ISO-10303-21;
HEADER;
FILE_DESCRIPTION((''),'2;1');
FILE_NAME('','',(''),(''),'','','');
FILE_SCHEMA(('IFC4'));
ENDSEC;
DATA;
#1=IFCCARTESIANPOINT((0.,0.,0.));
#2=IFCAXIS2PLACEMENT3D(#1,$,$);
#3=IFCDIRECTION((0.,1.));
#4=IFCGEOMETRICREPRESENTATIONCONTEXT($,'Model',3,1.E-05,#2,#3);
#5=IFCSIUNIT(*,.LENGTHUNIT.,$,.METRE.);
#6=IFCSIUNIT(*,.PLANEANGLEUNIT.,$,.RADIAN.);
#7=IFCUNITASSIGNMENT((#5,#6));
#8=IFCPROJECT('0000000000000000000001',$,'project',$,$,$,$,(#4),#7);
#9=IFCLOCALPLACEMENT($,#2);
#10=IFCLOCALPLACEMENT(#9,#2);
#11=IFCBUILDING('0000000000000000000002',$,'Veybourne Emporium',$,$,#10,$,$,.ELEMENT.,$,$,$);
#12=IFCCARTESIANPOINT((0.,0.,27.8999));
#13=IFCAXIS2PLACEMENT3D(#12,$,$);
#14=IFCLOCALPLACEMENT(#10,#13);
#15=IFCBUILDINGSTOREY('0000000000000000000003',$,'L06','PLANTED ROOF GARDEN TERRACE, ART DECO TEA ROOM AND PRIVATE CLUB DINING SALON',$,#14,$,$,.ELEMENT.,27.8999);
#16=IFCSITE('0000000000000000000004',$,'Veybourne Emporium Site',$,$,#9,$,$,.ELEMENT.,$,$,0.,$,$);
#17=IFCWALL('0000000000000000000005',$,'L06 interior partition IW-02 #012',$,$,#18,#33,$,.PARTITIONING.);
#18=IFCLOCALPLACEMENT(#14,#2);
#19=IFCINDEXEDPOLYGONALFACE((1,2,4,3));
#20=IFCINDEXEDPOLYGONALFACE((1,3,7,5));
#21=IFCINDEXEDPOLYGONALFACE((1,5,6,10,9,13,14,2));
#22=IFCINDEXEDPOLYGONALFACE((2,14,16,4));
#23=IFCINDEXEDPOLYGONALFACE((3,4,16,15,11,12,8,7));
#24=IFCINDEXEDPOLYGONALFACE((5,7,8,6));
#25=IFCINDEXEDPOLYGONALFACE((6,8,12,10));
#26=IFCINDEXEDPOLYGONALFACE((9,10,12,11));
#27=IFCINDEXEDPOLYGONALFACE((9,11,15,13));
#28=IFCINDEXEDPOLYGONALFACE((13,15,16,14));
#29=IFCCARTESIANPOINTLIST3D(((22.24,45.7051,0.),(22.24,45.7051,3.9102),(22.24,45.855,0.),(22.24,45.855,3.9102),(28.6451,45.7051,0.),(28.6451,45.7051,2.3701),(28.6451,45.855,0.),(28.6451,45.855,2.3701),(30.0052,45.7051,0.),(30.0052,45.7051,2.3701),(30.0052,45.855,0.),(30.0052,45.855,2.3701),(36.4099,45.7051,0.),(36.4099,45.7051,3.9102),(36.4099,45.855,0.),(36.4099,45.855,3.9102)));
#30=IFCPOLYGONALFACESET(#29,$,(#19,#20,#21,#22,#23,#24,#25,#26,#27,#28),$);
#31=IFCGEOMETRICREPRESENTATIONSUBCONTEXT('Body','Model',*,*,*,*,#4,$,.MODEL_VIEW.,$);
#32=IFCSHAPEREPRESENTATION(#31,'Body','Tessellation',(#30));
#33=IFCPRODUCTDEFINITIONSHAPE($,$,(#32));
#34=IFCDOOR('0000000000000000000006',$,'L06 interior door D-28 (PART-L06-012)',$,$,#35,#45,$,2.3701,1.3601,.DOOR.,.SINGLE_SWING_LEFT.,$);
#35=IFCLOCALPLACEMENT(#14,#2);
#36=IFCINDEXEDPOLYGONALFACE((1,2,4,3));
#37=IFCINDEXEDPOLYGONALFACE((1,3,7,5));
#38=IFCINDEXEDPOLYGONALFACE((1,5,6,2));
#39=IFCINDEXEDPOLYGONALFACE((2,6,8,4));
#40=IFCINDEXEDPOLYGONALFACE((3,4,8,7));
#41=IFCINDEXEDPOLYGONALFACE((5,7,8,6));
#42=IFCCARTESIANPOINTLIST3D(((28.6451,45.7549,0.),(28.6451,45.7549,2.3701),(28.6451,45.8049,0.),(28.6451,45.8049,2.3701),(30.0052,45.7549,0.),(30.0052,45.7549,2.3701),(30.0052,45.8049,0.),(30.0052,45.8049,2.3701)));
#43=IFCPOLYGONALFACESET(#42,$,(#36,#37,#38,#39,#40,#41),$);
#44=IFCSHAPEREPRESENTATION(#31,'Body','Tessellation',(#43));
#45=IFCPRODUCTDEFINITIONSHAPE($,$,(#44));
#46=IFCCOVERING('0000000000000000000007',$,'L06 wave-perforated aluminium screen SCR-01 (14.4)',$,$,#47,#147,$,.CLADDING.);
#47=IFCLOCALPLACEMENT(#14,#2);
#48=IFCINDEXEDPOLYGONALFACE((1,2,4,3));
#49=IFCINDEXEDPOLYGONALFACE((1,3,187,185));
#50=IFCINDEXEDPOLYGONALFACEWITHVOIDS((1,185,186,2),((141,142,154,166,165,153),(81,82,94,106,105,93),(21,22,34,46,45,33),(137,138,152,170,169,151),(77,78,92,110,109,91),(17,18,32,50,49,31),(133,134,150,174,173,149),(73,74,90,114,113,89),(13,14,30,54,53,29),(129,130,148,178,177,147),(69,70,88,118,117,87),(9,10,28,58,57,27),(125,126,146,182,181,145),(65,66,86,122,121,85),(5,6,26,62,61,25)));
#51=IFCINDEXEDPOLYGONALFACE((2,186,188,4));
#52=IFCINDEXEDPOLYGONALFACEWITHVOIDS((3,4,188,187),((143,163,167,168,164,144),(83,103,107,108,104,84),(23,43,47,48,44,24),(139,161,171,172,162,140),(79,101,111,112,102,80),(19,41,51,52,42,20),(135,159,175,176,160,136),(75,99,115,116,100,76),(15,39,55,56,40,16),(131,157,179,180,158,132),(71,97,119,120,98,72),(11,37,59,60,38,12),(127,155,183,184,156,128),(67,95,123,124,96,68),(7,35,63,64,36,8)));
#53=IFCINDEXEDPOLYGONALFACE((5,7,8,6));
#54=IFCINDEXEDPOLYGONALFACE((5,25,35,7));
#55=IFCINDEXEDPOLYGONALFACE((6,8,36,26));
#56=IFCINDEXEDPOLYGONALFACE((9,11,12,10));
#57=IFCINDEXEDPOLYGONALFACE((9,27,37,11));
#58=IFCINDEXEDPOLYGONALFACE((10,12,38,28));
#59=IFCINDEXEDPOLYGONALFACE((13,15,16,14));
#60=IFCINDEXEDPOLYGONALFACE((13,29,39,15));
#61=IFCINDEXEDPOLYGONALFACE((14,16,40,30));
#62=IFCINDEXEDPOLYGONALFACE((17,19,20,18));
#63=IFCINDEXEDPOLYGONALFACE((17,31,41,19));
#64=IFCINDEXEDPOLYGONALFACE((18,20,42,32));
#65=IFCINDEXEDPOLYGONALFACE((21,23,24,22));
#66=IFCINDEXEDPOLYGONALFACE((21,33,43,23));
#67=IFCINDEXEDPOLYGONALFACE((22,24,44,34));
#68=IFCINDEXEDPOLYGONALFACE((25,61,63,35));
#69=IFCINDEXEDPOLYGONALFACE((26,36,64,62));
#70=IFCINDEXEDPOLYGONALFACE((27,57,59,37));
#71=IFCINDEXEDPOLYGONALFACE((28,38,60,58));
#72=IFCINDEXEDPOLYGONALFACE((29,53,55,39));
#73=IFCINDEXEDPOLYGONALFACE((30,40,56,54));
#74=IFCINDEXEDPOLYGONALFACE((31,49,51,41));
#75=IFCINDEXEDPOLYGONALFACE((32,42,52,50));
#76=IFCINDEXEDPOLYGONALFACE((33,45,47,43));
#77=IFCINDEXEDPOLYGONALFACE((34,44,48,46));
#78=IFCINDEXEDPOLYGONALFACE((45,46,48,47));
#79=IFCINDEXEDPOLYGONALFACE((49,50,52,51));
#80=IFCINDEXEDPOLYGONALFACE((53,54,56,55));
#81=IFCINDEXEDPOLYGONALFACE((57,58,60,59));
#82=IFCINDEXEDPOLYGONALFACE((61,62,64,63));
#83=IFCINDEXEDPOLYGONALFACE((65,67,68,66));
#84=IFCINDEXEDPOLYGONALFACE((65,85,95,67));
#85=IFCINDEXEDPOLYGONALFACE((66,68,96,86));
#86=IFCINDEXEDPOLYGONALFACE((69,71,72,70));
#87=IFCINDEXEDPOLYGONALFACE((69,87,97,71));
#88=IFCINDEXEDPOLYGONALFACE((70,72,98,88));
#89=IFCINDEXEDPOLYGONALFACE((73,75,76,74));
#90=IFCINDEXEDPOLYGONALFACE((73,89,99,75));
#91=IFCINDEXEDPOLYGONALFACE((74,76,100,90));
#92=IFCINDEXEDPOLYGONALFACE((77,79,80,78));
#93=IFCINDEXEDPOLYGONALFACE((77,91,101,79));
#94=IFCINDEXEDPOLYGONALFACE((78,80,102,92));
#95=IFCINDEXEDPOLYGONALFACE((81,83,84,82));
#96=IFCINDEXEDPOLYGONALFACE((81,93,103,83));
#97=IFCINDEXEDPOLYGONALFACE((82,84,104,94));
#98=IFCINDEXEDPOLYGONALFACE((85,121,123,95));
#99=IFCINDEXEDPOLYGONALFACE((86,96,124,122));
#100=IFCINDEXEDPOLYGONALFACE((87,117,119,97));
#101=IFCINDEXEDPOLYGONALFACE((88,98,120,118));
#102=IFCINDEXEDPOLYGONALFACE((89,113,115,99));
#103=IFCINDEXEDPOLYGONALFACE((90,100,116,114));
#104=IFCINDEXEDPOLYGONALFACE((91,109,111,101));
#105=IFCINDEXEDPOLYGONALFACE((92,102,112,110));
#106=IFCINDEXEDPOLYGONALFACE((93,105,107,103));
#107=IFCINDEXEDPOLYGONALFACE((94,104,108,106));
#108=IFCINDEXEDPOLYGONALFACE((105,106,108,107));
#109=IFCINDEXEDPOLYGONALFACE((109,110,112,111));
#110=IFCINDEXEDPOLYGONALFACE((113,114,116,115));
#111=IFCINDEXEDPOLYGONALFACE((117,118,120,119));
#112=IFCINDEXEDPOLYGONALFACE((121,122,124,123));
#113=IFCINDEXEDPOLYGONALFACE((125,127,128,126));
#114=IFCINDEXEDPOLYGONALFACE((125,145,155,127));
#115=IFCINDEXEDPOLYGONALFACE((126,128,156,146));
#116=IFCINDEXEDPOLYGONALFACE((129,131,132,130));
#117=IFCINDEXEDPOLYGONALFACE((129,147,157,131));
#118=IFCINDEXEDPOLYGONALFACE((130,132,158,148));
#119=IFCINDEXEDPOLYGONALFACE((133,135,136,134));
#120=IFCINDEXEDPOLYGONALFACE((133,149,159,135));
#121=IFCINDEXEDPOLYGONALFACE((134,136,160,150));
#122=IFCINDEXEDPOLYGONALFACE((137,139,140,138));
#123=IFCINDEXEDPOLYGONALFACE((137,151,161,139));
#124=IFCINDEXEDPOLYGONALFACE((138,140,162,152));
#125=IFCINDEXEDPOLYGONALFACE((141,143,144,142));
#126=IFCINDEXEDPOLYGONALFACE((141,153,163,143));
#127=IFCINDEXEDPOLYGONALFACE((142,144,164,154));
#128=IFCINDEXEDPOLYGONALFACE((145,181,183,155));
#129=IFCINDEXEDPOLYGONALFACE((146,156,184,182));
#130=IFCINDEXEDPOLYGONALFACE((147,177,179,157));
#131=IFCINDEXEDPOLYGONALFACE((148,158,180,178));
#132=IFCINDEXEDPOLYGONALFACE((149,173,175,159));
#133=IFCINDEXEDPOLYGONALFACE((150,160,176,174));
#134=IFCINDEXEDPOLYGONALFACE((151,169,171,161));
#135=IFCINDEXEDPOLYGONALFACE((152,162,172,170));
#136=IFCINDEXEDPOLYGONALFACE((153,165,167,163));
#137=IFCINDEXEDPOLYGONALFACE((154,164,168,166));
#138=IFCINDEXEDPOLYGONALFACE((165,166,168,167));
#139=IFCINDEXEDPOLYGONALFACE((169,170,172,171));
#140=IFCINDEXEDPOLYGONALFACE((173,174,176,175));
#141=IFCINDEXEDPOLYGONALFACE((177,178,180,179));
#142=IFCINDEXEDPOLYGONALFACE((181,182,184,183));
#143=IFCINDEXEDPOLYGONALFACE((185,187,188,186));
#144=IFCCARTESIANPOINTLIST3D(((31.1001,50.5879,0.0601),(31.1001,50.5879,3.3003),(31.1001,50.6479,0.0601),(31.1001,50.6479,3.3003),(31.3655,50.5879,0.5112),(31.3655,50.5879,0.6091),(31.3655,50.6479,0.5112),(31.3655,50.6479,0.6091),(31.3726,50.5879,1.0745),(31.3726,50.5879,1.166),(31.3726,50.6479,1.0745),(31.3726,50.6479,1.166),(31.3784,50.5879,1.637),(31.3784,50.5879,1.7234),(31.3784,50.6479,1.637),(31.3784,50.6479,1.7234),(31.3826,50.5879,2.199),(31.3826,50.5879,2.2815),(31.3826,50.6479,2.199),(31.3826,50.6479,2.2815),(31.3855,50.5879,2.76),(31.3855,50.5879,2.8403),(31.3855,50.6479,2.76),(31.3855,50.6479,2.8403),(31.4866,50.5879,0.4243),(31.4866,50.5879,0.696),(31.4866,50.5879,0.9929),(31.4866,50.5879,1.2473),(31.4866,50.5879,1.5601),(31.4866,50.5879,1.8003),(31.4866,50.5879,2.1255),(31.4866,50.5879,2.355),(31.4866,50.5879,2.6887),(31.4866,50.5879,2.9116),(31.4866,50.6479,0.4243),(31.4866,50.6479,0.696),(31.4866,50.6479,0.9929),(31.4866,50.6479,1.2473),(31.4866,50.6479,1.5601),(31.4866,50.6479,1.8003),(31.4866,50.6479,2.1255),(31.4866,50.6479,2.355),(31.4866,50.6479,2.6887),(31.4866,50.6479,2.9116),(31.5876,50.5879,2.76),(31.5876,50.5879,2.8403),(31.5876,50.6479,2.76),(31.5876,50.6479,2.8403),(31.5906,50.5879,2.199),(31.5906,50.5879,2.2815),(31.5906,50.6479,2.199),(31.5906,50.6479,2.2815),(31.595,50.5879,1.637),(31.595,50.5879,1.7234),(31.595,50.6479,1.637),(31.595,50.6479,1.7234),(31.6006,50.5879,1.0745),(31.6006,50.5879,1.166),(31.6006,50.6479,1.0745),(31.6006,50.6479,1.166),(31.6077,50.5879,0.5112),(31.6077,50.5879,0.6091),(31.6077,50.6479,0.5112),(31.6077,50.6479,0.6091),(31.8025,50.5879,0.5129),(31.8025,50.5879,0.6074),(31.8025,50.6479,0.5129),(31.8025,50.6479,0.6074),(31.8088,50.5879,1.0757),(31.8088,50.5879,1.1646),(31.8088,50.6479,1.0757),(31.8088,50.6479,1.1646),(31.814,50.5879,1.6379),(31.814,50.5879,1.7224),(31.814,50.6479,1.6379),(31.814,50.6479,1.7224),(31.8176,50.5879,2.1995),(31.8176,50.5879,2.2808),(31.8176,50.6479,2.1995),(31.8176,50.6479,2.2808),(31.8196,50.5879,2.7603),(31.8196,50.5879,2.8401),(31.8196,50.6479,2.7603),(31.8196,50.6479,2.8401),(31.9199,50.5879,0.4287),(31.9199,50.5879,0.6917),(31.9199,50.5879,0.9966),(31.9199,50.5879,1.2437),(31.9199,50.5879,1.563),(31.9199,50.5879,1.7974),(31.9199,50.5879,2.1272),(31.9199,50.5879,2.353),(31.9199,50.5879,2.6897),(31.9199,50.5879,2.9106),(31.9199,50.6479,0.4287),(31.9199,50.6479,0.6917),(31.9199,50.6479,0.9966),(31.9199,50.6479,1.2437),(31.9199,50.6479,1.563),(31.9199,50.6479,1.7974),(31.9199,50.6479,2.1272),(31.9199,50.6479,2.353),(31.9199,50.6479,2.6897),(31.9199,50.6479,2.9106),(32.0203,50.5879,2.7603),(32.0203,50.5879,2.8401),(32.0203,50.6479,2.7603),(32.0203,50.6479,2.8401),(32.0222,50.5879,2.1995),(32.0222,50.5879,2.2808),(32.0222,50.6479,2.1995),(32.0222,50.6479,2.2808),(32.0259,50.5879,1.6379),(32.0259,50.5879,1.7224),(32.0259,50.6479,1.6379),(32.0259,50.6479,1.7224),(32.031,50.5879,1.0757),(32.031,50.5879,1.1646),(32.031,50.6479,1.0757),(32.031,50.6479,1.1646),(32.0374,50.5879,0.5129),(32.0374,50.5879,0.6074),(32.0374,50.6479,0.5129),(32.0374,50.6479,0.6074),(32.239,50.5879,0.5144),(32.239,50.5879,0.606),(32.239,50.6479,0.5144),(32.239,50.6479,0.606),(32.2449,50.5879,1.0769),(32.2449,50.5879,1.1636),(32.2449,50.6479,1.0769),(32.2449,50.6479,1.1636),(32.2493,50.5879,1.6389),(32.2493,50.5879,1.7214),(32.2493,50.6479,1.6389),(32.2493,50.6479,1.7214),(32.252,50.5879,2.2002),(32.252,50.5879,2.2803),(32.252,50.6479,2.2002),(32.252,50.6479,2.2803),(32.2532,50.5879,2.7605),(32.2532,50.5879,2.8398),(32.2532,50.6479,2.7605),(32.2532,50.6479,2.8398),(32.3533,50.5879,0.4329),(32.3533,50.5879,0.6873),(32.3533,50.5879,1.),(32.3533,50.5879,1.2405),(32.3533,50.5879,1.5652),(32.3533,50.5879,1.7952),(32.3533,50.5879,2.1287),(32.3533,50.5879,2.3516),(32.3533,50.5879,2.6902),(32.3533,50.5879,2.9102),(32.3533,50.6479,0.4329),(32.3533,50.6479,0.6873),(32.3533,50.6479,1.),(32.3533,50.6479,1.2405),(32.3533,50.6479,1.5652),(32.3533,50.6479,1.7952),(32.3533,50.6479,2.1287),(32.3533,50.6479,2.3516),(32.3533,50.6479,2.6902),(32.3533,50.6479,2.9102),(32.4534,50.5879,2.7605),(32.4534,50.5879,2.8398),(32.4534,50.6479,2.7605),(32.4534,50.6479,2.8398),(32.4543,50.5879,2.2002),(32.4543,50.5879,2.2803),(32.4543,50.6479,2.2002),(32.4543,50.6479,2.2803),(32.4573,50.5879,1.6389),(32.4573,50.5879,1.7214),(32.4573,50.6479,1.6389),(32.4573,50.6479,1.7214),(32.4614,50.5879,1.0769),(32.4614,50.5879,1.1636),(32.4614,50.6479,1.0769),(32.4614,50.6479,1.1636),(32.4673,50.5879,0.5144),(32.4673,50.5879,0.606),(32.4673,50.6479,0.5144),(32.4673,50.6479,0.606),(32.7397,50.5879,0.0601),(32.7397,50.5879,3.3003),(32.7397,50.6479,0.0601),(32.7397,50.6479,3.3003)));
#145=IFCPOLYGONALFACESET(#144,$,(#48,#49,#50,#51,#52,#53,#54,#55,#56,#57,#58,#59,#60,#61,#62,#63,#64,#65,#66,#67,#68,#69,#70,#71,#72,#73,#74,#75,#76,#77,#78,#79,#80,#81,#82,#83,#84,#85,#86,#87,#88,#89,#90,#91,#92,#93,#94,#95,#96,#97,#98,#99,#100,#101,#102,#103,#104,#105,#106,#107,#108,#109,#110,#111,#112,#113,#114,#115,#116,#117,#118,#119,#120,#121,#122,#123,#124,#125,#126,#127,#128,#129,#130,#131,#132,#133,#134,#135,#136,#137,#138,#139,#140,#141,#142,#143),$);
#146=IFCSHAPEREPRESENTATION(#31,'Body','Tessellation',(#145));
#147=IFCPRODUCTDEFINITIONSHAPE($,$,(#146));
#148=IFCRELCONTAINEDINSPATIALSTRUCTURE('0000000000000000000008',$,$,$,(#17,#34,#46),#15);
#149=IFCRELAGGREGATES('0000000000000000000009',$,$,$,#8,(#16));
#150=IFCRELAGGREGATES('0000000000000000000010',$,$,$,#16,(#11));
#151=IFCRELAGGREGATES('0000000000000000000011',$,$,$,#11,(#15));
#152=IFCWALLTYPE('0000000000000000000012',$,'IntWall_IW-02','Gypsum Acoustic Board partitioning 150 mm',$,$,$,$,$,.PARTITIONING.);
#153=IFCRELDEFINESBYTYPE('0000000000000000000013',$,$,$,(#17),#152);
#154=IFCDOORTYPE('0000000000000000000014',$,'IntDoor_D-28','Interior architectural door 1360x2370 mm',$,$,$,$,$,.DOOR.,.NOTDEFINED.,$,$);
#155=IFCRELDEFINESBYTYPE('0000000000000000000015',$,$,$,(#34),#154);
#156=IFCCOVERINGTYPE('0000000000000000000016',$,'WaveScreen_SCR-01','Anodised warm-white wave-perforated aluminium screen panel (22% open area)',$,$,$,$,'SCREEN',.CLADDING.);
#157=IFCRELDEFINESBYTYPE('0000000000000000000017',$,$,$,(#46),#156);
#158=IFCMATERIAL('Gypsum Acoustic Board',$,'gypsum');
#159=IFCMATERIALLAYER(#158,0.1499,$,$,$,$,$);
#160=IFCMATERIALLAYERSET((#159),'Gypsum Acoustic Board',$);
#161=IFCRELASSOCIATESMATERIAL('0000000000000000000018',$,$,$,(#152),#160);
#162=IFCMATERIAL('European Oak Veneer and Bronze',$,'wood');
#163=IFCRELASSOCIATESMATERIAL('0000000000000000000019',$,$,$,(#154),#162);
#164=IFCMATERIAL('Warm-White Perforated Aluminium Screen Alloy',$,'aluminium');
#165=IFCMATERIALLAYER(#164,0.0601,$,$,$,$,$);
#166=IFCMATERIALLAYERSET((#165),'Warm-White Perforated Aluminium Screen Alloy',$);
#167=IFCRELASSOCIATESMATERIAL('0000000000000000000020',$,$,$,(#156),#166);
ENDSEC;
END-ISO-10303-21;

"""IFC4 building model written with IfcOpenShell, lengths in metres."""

from ifc_helpers import new_model, si_unit, direction, frame, frame_2d, origin, place, context, subcontext, project, spatial, polyline, rectangle, outline, extrude, material, layer, layer_set, type_object, element, fill, save


model = new_model("IFC4")

# Units and contexts
model_context = context("Model", 3, precision=1e-05, world=origin(), true_north=direction((0.0, 1.0)))
body_context = subcontext(model_context, "Body", "Model", "MODEL_VIEW")
ifc_project = project(units=[si_unit("LENGTHUNIT", "METRE"), si_unit("PLANEANGLEUNIT", "RADIAN")], contexts=[model_context])

# Site, building, storey
site_placement = place(None, origin())
site = spatial("IfcSite", under=ifc_project, at=site_placement, Name="Veybourne Emporium Site", CompositionType="ELEMENT", RefElevation=0.0)
building_placement = place(site_placement, origin())
building = spatial("IfcBuilding", under=site, at=building_placement, Name="Veybourne Emporium", CompositionType="ELEMENT")
storey_placement = place(building_placement, frame((0.0, 0.0, 27.8999)))
storey = spatial("IfcBuildingStorey", under=building, at=storey_placement, Name="L06", Description="PLANTED ROOF GARDEN TERRACE, ART DECO TEA ROOM AND PRIVATE CLUB DINING SALON", CompositionType="ELEMENT", Elevation=27.8999)

# Wall, opening, door
ifc_material_1 = material(Name="Gypsum Acoustic Board", Category="gypsum")
ifc_material_2 = material(Name="European Oak Veneer and Bronze", Category="wood")
ifc_layer_1 = layer(ifc_material_1, 0.1499)
ifc_layer_set_1 = layer_set([ifc_layer_1], Name="Gypsum Acoustic Board")
wall_type_1 = type_object("IfcWallType", Name="IntWall_IW-02", Description="Gypsum Acoustic Board partitioning 150 mm", PredefinedType="PARTITIONING", material=ifc_layer_set_1)
wall_1_placement = place(storey_placement, frame((22.24, 45.78, 0.0), z_axis=(0.0, 0.0, 1.0), x_axis=(1.0, 0.0, 0.0)))
wall_1 = element("IfcWall", 1, at=wall_1_placement, inside=storey, type_object=wall_type_1, Name="L06 interior partition IW-02 #012", PredefinedType="PARTITIONING", context=body_context, shape_type="SweptSolid", body=[
    extrude(rectangle(XDim=14.1699, YDim=0.1499, at=frame_2d((7.085, 0.0))), origin(), (0.0, 0.0, 1.0), 3.9102),
])
opening_1_placement = place(wall_1_placement, frame((6.405, 0.0, 0.0)))
opening_1 = element("IfcOpeningElement", 2, at=opening_1_placement, cuts=wall_1, PredefinedType="OPENING", context=body_context, shape_type="SweptSolid", body=[
    extrude(rectangle(XDim=1.3601, YDim=2.3701, at=frame_2d((0.6802, 1.1851))), frame((0.0, 0.095, 0.0), z_axis=(0.0, -1.0, 0.0), x_axis=(1.0, 0.0, 0.0)), (0.0, 0.0, 1.0), 0.1899),
])
door_type_1 = type_object("IfcDoorType", Name="IntDoor_D-28", Description="Interior architectural door 1360x2370 mm", OperationType="NOTDEFINED", PredefinedType="DOOR", material=ifc_material_2)
door_1_placement = place(opening_1_placement, origin())
door_1 = element("IfcDoor", 3, at=door_1_placement, inside=storey, type_object=door_type_1, Name="L06 interior door D-28 (PART-L06-012)", OperationType="SINGLE_SWING_LEFT", OverallHeight=2.3701, OverallWidth=1.3601, PredefinedType="DOOR", context=body_context, shape_type="SweptSolid", body=[
    extrude(rectangle(XDim=1.3601, YDim=2.3701, at=frame_2d((0.6802, 1.1851))), frame((0.0, 0.0249, 0.0), z_axis=(0.0, -1.0, 0.0), x_axis=(1.0, 0.0, 0.0)), (0.0, 0.0, 1.0), 0.05),
])
fill(opening_1, door_1)

# Covering
ifc_material_3 = material(Name="Warm-White Perforated Aluminium Screen Alloy", Category="aluminium")
ifc_layer_2 = layer(ifc_material_3, 0.0601)
ifc_layer_set_2 = layer_set([ifc_layer_2], Name="Warm-White Perforated Aluminium Screen Alloy")
covering_type_1 = type_object("IfcCoveringType", Name="WaveScreen_SCR-01", Description="Anodised warm-white wave-perforated aluminium screen panel (22% open area)", ElementType="SCREEN", PredefinedType="CLADDING", material=ifc_layer_set_2)
covering_1_placement = place(storey_placement, frame((31.9199, 50.6479, 1.6802), z_axis=(0.0, -1.0, 0.0), x_axis=(1.0, 0.0, 0.0)))
element("IfcCovering", 4, at=covering_1_placement, inside=storey, type_object=covering_type_1, Name="L06 wave-perforated aluminium screen SCR-01 (14.4)", PredefinedType="CLADDING", context=body_context, shape_type="SweptSolid", body=[
    extrude(outline(polyline([(-0.8198, -1.6201), (0.8198, -1.6201), (0.8198, 1.6201), (-0.8198, 1.6201), (-0.8198, -1.6201)]), holes=[polyline([(-0.4333, -0.9841), (-0.3123, -1.071), (-0.3123, -1.1689), (-0.4333, -1.2559), (-0.5544, -1.1689), (-0.5544, -1.071), (-0.4333, -0.9841)]), polyline([(-0.4333, -0.4329), (-0.3193, -0.5142), (-0.3193, -0.6057), (-0.4333, -0.6873), (-0.5474, -0.6057), (-0.5474, -0.5142), (-0.4333, -0.4329)]), polyline([(-0.4333, 0.1201), (-0.325, 0.0432), (-0.325, -0.0432), (-0.4333, -0.1201), (-0.5415, -0.0432), (-0.5415, 0.0432), (-0.4333, 0.1201)]), polyline([(-0.4333, 0.6748), (-0.3293, 0.6013), (-0.3293, 0.5188), (-0.4333, 0.4453), (-0.5374, 0.5188), (-0.5374, 0.6013), (-0.4333, 0.6748)]), polyline([(-0.4333, 1.2314), (-0.3323, 1.1602), (-0.3323, 1.0798), (-0.4333, 1.0085), (-0.5344, 1.0798), (-0.5344, 1.1602), (-0.4333, 1.2314)]), polyline([(0.0, -0.9885), (0.1174, -1.0728), (0.1174, -1.1672), (0.0, -1.2515), (-0.1174, -1.1672), (-0.1174, -1.0728), (0.0, -0.9885)]), polyline([(0.0, -0.4365), (0.1111, -0.5156), (0.1111, -0.6045), (0.0, -0.6836), (-0.1111, -0.6045), (-0.1111, -0.5156), (0.0, -0.4365)]), polyline([(0.0, 0.1172), (0.106, 0.0422), (0.106, -0.0422), (0.0, -0.1172), (-0.106, -0.0422), (-0.106, 0.0422), (0.0, 0.1172)]), polyline([(0.0, 0.6729), (0.1023, 0.6006), (0.1023, 0.5193), (0.0, 0.447), (-0.1023, 0.5193), (-0.1023, 0.6006), (0.0, 0.6729)]), polyline([(0.0, 1.2305), (0.1003, 1.1599), (0.1003, 1.0801), (0.0, 1.0095), (-0.1003, 1.0801), (-0.1003, 1.1599), (0.0, 1.2305)]), polyline([(0.4333, -0.9929), (0.5474, -1.0742), (0.5474, -1.1658), (0.4333, -1.2473), (0.3191, -1.1658), (0.3191, -1.0742), (0.4333, -0.9929)]), polyline([(0.4333, -0.4397), (0.5415, -0.5166), (0.5415, -0.6033), (0.4333, -0.6802), (0.325, -0.6033), (0.325, -0.5166), (0.4333, -0.4397)]), polyline([(0.4333, 0.115), (0.5374, 0.0413), (0.5374, -0.0413), (0.4333, -0.115), (0.3293, -0.0413), (0.3293, 0.0413), (0.4333, 0.115)]), polyline([(0.4333, 0.6714), (0.5344, 0.6001), (0.5344, 0.52), (0.4333, 0.4485), (0.332, 0.52), (0.332, 0.6001), (0.4333, 0.6714)]), polyline([(0.4333, 1.23), (0.5334, 1.1597), (0.5334, 1.0803), (0.4333, 1.01), (0.3333, 1.0803), (0.3333, 1.1597), (0.4333, 1.23)])]), origin(), (0.0, 0.0, 1.0), 0.0601),
])

save(model, "model.ifc")
